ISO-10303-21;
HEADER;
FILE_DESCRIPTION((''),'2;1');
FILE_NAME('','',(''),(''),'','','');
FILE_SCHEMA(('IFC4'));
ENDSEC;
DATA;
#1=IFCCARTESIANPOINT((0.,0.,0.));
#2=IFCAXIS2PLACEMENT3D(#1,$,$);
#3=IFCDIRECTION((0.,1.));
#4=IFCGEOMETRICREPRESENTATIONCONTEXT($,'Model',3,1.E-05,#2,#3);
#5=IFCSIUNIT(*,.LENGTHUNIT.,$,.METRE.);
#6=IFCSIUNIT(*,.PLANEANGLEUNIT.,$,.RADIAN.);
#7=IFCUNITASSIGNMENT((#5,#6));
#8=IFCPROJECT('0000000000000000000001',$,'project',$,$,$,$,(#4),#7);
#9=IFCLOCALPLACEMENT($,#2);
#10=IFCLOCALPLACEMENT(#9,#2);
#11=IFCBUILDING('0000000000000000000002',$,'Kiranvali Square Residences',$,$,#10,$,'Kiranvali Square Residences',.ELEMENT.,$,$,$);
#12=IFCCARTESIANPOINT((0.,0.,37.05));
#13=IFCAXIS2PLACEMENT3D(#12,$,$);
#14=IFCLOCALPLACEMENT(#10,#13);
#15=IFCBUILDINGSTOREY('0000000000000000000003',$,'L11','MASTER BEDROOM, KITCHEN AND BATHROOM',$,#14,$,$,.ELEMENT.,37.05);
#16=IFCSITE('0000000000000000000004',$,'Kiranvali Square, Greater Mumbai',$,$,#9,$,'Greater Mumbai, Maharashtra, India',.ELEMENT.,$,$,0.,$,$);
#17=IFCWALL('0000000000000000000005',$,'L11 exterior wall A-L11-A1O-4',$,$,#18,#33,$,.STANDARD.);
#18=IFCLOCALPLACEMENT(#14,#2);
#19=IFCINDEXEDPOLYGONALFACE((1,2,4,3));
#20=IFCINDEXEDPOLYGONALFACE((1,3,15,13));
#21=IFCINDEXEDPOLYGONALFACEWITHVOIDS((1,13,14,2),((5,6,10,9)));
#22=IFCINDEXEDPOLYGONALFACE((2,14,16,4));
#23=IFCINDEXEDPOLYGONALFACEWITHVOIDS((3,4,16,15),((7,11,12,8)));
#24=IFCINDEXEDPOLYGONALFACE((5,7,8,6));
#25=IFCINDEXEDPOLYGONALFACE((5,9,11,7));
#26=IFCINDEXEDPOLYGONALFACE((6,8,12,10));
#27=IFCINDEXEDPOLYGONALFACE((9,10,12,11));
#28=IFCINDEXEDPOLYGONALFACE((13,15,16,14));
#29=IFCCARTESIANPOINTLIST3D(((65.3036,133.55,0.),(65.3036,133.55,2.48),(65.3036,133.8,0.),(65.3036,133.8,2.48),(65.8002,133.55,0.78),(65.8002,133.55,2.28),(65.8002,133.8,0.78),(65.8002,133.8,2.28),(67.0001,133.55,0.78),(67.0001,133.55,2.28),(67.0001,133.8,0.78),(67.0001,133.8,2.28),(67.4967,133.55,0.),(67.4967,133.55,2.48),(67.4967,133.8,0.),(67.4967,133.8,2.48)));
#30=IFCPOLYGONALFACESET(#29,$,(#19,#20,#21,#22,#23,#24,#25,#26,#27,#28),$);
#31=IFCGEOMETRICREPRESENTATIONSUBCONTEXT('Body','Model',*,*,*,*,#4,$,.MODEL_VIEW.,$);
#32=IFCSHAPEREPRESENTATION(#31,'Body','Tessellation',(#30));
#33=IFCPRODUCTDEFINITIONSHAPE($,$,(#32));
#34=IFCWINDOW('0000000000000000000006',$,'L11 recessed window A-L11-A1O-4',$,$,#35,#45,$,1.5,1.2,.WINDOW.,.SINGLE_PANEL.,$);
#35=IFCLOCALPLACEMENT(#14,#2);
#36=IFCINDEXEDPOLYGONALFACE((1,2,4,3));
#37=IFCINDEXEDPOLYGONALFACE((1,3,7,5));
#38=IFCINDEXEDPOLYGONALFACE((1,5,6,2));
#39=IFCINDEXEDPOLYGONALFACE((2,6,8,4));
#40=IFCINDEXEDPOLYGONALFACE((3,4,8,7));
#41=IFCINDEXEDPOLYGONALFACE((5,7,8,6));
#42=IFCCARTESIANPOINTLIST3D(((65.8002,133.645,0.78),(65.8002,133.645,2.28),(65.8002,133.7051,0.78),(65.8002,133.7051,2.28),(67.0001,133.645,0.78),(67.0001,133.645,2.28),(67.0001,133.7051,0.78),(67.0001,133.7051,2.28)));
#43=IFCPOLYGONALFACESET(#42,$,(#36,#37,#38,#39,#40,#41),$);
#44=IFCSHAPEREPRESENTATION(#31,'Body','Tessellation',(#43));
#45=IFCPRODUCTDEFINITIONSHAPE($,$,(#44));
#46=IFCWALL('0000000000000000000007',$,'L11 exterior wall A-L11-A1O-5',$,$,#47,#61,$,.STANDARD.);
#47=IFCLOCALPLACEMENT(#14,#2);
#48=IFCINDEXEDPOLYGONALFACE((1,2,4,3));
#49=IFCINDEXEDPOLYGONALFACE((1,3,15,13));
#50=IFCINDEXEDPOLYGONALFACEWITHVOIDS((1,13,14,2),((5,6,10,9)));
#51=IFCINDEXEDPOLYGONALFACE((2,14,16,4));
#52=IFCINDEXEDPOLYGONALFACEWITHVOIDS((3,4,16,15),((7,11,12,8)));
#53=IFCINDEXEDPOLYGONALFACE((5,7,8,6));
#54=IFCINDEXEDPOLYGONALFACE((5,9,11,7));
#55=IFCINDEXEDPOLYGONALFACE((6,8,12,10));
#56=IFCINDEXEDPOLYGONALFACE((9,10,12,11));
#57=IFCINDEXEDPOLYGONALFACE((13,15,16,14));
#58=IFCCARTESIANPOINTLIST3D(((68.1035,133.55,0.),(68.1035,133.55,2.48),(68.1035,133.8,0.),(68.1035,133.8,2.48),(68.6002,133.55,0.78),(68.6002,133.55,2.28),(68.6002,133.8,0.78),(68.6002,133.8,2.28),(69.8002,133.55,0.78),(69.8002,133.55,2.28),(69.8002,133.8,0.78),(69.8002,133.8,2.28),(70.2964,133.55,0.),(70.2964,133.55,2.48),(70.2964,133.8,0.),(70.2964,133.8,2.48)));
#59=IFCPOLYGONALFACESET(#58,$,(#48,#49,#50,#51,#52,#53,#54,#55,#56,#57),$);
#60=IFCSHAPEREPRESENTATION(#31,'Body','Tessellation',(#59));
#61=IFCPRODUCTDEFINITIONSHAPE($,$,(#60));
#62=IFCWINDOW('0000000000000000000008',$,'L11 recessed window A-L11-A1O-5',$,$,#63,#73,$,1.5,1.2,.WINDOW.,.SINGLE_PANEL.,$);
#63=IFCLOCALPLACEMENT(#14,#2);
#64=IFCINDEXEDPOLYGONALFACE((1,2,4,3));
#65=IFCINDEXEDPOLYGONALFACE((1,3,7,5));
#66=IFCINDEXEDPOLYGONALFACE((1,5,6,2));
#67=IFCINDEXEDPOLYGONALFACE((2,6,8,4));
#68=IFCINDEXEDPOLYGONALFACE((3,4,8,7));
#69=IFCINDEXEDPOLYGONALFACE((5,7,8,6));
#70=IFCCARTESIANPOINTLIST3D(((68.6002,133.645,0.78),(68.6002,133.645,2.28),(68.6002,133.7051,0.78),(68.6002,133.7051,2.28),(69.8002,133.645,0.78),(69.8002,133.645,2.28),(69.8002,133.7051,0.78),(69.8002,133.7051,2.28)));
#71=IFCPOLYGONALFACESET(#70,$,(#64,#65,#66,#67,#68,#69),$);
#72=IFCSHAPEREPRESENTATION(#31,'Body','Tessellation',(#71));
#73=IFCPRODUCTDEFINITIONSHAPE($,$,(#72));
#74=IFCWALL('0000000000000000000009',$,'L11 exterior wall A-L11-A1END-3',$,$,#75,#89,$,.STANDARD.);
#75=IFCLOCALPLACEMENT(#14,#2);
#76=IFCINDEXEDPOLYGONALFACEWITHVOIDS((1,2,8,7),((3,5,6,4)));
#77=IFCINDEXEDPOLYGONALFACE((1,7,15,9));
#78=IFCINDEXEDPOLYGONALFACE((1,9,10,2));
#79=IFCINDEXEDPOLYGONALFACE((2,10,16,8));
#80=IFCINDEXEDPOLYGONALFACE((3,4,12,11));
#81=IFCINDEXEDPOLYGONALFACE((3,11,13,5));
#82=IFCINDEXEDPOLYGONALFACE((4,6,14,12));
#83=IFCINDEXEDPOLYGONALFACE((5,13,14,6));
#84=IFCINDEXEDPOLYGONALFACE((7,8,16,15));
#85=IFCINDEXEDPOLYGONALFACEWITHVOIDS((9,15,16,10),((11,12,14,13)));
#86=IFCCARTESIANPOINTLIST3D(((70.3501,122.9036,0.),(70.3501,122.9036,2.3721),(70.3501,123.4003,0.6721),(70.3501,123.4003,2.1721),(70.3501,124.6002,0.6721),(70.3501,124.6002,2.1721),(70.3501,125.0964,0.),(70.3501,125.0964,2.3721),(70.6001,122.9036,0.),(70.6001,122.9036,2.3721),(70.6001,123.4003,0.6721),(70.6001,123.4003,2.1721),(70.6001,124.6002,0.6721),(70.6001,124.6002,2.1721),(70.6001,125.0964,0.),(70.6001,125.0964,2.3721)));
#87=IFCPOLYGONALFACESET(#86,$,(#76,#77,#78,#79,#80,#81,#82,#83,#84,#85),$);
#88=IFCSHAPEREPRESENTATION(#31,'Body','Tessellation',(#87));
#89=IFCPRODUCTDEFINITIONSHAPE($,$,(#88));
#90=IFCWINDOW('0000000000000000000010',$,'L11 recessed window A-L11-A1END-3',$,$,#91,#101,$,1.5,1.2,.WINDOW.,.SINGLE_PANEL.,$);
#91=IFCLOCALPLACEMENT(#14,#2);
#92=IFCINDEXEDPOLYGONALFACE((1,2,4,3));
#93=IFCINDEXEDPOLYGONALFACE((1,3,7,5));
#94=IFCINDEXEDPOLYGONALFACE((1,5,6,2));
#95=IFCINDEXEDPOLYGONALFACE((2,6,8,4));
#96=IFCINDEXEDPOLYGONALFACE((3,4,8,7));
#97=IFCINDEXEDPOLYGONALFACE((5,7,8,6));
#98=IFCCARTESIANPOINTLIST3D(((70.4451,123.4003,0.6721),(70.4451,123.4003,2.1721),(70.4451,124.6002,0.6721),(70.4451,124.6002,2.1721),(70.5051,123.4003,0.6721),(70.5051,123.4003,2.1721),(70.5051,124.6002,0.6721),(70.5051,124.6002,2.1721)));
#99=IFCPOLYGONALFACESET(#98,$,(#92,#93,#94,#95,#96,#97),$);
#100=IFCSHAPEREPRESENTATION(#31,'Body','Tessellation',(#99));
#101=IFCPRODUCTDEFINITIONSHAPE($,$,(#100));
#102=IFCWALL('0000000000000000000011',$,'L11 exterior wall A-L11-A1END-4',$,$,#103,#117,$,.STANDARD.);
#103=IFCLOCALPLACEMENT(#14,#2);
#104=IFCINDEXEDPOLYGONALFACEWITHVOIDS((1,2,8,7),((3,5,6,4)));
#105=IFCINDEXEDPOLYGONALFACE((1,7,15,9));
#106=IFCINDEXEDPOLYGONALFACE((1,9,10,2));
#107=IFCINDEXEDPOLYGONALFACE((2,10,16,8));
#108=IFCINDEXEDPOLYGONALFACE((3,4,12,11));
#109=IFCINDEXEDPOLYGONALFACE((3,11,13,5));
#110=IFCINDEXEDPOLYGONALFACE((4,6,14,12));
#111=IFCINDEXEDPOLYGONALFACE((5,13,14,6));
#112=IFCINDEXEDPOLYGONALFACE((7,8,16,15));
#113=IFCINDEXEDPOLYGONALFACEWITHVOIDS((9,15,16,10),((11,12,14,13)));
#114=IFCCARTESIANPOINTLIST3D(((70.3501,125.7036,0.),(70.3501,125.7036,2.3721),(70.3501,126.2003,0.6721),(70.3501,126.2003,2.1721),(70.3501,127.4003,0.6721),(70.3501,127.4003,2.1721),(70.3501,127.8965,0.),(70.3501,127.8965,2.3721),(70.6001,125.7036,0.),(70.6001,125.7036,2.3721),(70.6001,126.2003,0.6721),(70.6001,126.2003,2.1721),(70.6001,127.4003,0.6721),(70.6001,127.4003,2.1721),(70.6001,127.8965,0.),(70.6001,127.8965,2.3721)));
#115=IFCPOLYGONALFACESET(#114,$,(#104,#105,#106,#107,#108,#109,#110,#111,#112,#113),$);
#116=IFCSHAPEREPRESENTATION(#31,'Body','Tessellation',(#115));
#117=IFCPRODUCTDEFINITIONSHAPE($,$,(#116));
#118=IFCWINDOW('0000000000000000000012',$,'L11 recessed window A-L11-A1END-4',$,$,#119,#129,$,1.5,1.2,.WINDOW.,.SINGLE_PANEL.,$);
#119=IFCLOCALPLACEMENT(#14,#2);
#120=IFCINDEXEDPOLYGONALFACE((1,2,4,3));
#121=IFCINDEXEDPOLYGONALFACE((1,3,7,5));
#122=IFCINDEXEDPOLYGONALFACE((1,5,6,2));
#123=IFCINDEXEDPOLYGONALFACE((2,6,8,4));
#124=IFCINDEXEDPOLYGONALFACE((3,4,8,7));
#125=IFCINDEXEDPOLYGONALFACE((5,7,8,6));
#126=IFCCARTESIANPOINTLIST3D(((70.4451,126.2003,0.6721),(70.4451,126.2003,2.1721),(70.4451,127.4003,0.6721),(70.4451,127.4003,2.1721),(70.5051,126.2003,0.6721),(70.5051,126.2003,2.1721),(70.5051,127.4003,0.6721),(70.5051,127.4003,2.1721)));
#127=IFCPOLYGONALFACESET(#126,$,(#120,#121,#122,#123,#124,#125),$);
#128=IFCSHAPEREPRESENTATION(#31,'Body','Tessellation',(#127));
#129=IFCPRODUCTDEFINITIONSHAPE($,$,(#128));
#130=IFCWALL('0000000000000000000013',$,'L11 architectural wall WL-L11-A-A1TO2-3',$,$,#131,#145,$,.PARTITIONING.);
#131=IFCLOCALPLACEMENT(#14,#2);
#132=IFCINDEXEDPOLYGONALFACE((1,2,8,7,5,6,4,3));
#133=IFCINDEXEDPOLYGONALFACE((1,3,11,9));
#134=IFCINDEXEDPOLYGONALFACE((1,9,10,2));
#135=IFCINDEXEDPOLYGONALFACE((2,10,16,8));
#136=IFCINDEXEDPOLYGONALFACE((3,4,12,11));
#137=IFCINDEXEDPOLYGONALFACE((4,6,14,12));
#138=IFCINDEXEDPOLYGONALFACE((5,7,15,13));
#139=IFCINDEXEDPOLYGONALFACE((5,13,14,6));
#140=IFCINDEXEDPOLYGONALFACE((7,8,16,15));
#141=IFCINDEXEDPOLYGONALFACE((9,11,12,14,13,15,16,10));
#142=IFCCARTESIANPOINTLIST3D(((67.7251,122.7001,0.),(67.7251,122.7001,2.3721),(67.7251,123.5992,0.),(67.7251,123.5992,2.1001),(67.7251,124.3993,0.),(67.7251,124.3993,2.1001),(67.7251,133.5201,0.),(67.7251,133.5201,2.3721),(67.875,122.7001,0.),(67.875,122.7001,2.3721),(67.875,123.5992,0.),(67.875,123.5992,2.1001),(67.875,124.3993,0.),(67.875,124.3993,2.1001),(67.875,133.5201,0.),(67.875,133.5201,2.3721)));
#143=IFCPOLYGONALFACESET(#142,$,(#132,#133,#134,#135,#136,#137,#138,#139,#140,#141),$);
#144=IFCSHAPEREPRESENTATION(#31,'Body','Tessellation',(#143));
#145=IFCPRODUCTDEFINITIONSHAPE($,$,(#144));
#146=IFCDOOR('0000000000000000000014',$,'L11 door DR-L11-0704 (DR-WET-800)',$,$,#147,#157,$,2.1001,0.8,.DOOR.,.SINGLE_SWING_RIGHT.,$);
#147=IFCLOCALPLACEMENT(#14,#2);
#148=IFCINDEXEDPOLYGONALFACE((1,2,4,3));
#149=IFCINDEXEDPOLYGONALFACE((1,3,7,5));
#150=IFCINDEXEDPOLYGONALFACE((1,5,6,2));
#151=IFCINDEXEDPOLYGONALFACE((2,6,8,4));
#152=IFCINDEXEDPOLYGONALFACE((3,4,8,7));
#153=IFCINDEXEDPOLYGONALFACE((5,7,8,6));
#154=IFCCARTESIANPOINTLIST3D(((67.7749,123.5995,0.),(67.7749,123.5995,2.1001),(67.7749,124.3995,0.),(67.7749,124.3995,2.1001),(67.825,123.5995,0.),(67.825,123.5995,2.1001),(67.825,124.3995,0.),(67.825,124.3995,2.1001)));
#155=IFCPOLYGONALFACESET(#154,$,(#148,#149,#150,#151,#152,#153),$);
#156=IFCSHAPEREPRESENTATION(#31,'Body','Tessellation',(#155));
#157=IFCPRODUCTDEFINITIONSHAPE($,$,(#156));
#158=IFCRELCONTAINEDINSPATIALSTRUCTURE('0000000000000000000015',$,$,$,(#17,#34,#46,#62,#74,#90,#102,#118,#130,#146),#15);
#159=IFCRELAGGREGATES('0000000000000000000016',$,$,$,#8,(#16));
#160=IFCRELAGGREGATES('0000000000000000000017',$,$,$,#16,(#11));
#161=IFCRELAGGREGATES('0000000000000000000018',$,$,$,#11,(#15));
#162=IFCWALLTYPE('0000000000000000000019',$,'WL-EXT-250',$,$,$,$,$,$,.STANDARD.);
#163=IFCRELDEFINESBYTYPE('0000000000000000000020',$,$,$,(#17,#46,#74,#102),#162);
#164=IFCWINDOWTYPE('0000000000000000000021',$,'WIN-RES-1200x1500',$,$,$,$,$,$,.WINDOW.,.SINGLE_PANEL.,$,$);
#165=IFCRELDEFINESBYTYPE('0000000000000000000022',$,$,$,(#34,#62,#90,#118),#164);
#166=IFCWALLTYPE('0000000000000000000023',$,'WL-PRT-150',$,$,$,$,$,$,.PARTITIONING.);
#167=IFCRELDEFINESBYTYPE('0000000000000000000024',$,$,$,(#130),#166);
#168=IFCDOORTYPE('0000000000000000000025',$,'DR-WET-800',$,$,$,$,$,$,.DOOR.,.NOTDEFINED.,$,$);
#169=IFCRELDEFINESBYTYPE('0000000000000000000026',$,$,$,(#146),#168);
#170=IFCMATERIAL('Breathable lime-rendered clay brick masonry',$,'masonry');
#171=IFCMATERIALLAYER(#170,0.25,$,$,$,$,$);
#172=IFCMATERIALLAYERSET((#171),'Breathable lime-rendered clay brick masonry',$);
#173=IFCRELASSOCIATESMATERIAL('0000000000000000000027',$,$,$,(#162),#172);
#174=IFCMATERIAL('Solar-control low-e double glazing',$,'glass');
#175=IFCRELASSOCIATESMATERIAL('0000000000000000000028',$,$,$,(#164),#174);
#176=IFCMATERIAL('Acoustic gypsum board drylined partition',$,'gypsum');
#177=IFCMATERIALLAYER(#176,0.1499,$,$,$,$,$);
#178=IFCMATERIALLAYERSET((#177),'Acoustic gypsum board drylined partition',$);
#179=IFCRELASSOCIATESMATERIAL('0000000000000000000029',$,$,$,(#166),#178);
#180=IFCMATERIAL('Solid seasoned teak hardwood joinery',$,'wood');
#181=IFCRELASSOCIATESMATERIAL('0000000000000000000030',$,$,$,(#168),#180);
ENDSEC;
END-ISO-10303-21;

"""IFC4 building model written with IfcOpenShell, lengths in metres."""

from ifc_helpers import new_model, si_unit, direction, frame, frame_2d, origin, place, context, subcontext, project, spatial, rectangle, extrude, material, layer, layer_set, type_object, element, fill, save


model = new_model("IFC4")

# Units and contexts
model_context = context("Model", 3, precision=1e-05, world=origin(), true_north=direction((0.0, 1.0)))
body_context = subcontext(model_context, "Body", "Model", "MODEL_VIEW")
ifc_project = project(units=[si_unit("LENGTHUNIT", "METRE"), si_unit("PLANEANGLEUNIT", "RADIAN")], contexts=[model_context])

# Site, building, storey
site_placement = place(None, origin())
site = spatial("IfcSite", under=ifc_project, at=site_placement, Name="Kiranvali Square, Greater Mumbai", LongName="Greater Mumbai, Maharashtra, India", CompositionType="ELEMENT", RefElevation=0.0)
building_placement = place(site_placement, origin())
building = spatial("IfcBuilding", under=site, at=building_placement, Name="Kiranvali Square Residences", LongName="Kiranvali Square Residences", CompositionType="ELEMENT")
storey_placement = place(building_placement, frame((0.0, 0.0, 37.05)))
storey = spatial("IfcBuildingStorey", under=building, at=storey_placement, Name="L11", Description="MASTER BEDROOM, KITCHEN AND BATHROOM", CompositionType="ELEMENT", Elevation=37.05)

# Walls, openings, windows
ifc_material_1 = material(Name="Breathable lime-rendered clay brick masonry", Category="masonry")
ifc_layer_1 = layer(ifc_material_1, 0.25)
ifc_layer_set_1 = layer_set([ifc_layer_1], Name="Breathable lime-rendered clay brick masonry")
wall_type_1 = type_object("IfcWallType", Name="WL-EXT-250", PredefinedType="STANDARD", material=ifc_layer_set_1)
wall_1_placement = place(storey_placement, frame((65.3035, 133.675, 0.0), z_axis=(0.0, 0.0, 1.0), x_axis=(1.0, 0.0, 0.0)))
wall_1 = element("IfcWall", 1, at=wall_1_placement, inside=storey, type_object=wall_type_1, Name="L11 exterior wall A-L11-A1O-4", PredefinedType="STANDARD", context=body_context, shape_type="SweptSolid", body=[
    extrude(rectangle(XDim=2.1931, YDim=0.25, at=frame_2d((1.0967, 0.0))), origin(), (0.0, 0.0, 1.0), 2.48),
])
opening_1_placement = place(wall_1_placement, frame((0.4966, 0.0, 0.78)))
opening_1 = element("IfcOpeningElement", 2, at=opening_1_placement, cuts=wall_1, PredefinedType="OPENING", context=body_context, shape_type="SweptSolid", body=[
    extrude(rectangle(XDim=1.2, YDim=1.5, at=frame_2d((0.6001, 0.75))), frame((0.0, 0.135, 0.0), z_axis=(0.0, -1.0, 0.0), x_axis=(1.0, 0.0, 0.0)), (0.0, 0.0, 1.0), 0.27),
])
ifc_material_2 = material(Name="Solar-control low-e double glazing", Category="glass")
window_type = type_object("IfcWindowType", Name="WIN-RES-1200x1500", PartitioningType="SINGLE_PANEL", PredefinedType="WINDOW", material=ifc_material_2)
window_1_placement = place(opening_1_placement, origin())
window_1 = element("IfcWindow", 3, at=window_1_placement, inside=storey, type_object=window_type, Name="L11 recessed window A-L11-A1O-4", OverallHeight=1.5, OverallWidth=1.2, PartitioningType="SINGLE_PANEL", PredefinedType="WINDOW", context=body_context, shape_type="SweptSolid", body=[
    extrude(rectangle(XDim=1.2, YDim=1.5, at=frame_2d((0.6001, 0.75))), frame((0.0, 0.03, 0.0), z_axis=(0.0, -1.0, 0.0), x_axis=(1.0, 0.0, 0.0)), (0.0, 0.0, 1.0), 0.0601),
])
fill(opening_1, window_1)
wall_2_placement = place(storey_placement, frame((68.1035, 133.675, 0.0), z_axis=(0.0, 0.0, 1.0), x_axis=(1.0, 0.0, 0.0)))
wall_2 = element("IfcWall", 4, at=wall_2_placement, inside=storey, type_object=wall_type_1, Name="L11 exterior wall A-L11-A1O-5", PredefinedType="STANDARD", context=body_context, shape_type="SweptSolid", body=[
    extrude(rectangle(XDim=2.1929, YDim=0.25, at=frame_2d((1.0964, 0.0))), origin(), (0.0, 0.0, 1.0), 2.48),
])
opening_2_placement = place(wall_2_placement, frame((0.4966, 0.0, 0.78)))
opening_2 = element("IfcOpeningElement", 5, at=opening_2_placement, cuts=wall_2, PredefinedType="OPENING", context=body_context, shape_type="SweptSolid", body=[
    extrude(rectangle(XDim=1.2, YDim=1.5, at=frame_2d((0.6001, 0.75))), frame((0.0, 0.135, 0.0), z_axis=(0.0, -1.0, 0.0), x_axis=(1.0, 0.0, 0.0)), (0.0, 0.0, 1.0), 0.27),
])
window_2_placement = place(opening_2_placement, origin())
window_2 = element("IfcWindow", 6, at=window_2_placement, inside=storey, type_object=window_type, Name="L11 recessed window A-L11-A1O-5", OverallHeight=1.5, OverallWidth=1.2, PartitioningType="SINGLE_PANEL", PredefinedType="WINDOW", context=body_context, shape_type="SweptSolid", body=[
    extrude(rectangle(XDim=1.2, YDim=1.5, at=frame_2d((0.6001, 0.75))), frame((0.0, 0.03, 0.0), z_axis=(0.0, -1.0, 0.0), x_axis=(1.0, 0.0, 0.0)), (0.0, 0.0, 1.0), 0.0601),
])
fill(opening_2, window_2)
wall_3_placement = place(storey_placement, frame((70.4751, 122.9036, 0.0), z_axis=(0.0, 0.0, 1.0), x_axis=(0.0, 1.0, 0.0)))
wall_3 = element("IfcWall", 7, at=wall_3_placement, inside=storey, type_object=wall_type_1, Name="L11 exterior wall A-L11-A1END-3", PredefinedType="STANDARD", context=body_context, shape_type="SweptSolid", body=[
    extrude(rectangle(XDim=2.1929, YDim=0.25, at=frame_2d((1.0964, 0.0))), origin(), (0.0, 0.0, 1.0), 2.3721),
])
opening_3_placement = place(wall_3_placement, frame((0.4966, 0.0, 0.6721)))
opening_3 = element("IfcOpeningElement", 8, at=opening_3_placement, cuts=wall_3, PredefinedType="OPENING", context=body_context, shape_type="SweptSolid", body=[
    extrude(rectangle(XDim=1.2, YDim=1.5, at=frame_2d((0.6001, 0.75))), frame((0.0, 0.135, 0.0), z_axis=(0.0, -1.0, 0.0), x_axis=(1.0, 0.0, 0.0)), (0.0, 0.0, 1.0), 0.27),
])
window_3_placement = place(opening_3_placement, origin())
window_3 = element("IfcWindow", 9, at=window_3_placement, inside=storey, type_object=window_type, Name="L11 recessed window A-L11-A1END-3", OverallHeight=1.5, OverallWidth=1.2, PartitioningType="SINGLE_PANEL", PredefinedType="WINDOW", context=body_context, shape_type="SweptSolid", body=[
    extrude(rectangle(XDim=1.2, YDim=1.5, at=frame_2d((0.6001, 0.75))), frame((0.0, 0.03, 0.0), z_axis=(0.0, -1.0, 0.0), x_axis=(1.0, 0.0, 0.0)), (0.0, 0.0, 1.0), 0.0601),
])
fill(opening_3, window_3)
wall_4_placement = place(storey_placement, frame((70.4751, 125.7036, 0.0), z_axis=(0.0, 0.0, 1.0), x_axis=(0.0, 1.0, 0.0)))
wall_4 = element("IfcWall", 10, at=wall_4_placement, inside=storey, type_object=wall_type_1, Name="L11 exterior wall A-L11-A1END-4", PredefinedType="STANDARD", context=body_context, shape_type="SweptSolid", body=[
    extrude(rectangle(XDim=2.1929, YDim=0.25, at=frame_2d((1.0964, 0.0))), origin(), (0.0, 0.0, 1.0), 2.3721),
])
opening_4_placement = place(wall_4_placement, frame((0.4966, 0.0, 0.6721)))
opening_4 = element("IfcOpeningElement", 11, at=opening_4_placement, cuts=wall_4, PredefinedType="OPENING", context=body_context, shape_type="SweptSolid", body=[
    extrude(rectangle(XDim=1.2, YDim=1.5, at=frame_2d((0.6001, 0.75))), frame((0.0, 0.135, 0.0), z_axis=(0.0, -1.0, 0.0), x_axis=(1.0, 0.0, 0.0)), (0.0, 0.0, 1.0), 0.27),
])
window_4_placement = place(opening_4_placement, origin())
window_4 = element("IfcWindow", 12, at=window_4_placement, inside=storey, type_object=window_type, Name="L11 recessed window A-L11-A1END-4", OverallHeight=1.5, OverallWidth=1.2, PartitioningType="SINGLE_PANEL", PredefinedType="WINDOW", context=body_context, shape_type="SweptSolid", body=[
    extrude(rectangle(XDim=1.2, YDim=1.5, at=frame_2d((0.6001, 0.75))), frame((0.0, 0.03, 0.0), z_axis=(0.0, -1.0, 0.0), x_axis=(1.0, 0.0, 0.0)), (0.0, 0.0, 1.0), 0.0601),
])
fill(opening_4, window_4)

# Wall, opening, door
ifc_material_3 = material(Name="Acoustic gypsum board drylined partition", Category="gypsum")
ifc_layer_2 = layer(ifc_material_3, 0.1499)
ifc_layer_set_2 = layer_set([ifc_layer_2], Name="Acoustic gypsum board drylined partition")
wall_type_2 = type_object("IfcWallType", Name="WL-PRT-150", PredefinedType="PARTITIONING", material=ifc_layer_set_2)
wall_5_placement = place(storey_placement, frame((67.8, 122.7, 0.0), z_axis=(0.0, 0.0, 1.0), x_axis=(0.0, 1.0, 0.0)))
wall_5 = element("IfcWall", 13, at=wall_5_placement, inside=storey, type_object=wall_type_2, Name="L11 architectural wall WL-L11-A-A1TO2-3", PredefinedType="PARTITIONING", context=body_context, shape_type="SweptSolid", body=[
    extrude(rectangle(XDim=10.8201, YDim=0.1499, at=frame_2d((5.4102, 0.0))), origin(), (0.0, 0.0, 1.0), 2.3721),
])
opening_5_placement = place(wall_5_placement, frame((0.8994, 0.0, 0.0)))
opening_5 = element("IfcOpeningElement", 14, at=opening_5_placement, cuts=wall_5, PredefinedType="OPENING", context=body_context, shape_type="SweptSolid", body=[
    extrude(rectangle(XDim=0.8, YDim=2.1001, at=frame_2d((0.3999, 1.05))), frame((0.0, 0.085, 0.0), z_axis=(0.0, -1.0, 0.0), x_axis=(1.0, 0.0, 0.0)), (0.0, 0.0, 1.0), 0.1699),
])
ifc_material_4 = material(Name="Solid seasoned teak hardwood joinery", Category="wood")
door_type_1 = type_object("IfcDoorType", Name="DR-WET-800", OperationType="NOTDEFINED", PredefinedType="DOOR", material=ifc_material_4)
door_1_placement = place(opening_5_placement, frame((0.8, 0.0, 0.0), z_axis=(0.0, 0.0, 1.0), x_axis=(-1.0, 0.0, 0.0)))
door_1 = element("IfcDoor", 15, at=door_1_placement, inside=storey, type_object=door_type_1, Name="L11 door DR-L11-0704 (DR-WET-800)", OperationType="SINGLE_SWING_RIGHT", OverallHeight=2.1001, OverallWidth=0.8, PredefinedType="DOOR", context=body_context, shape_type="SweptSolid", body=[
    extrude(rectangle(XDim=0.8, YDim=2.1001, at=frame_2d((0.3999, 1.05))), frame((0.0, 0.0249, 0.0), z_axis=(0.0, -1.0, 0.0), x_axis=(1.0, 0.0, 0.0)), (0.0, 0.0, 1.0), 0.05),
])
fill(opening_5, door_1)

save(model, "model.ifc")
